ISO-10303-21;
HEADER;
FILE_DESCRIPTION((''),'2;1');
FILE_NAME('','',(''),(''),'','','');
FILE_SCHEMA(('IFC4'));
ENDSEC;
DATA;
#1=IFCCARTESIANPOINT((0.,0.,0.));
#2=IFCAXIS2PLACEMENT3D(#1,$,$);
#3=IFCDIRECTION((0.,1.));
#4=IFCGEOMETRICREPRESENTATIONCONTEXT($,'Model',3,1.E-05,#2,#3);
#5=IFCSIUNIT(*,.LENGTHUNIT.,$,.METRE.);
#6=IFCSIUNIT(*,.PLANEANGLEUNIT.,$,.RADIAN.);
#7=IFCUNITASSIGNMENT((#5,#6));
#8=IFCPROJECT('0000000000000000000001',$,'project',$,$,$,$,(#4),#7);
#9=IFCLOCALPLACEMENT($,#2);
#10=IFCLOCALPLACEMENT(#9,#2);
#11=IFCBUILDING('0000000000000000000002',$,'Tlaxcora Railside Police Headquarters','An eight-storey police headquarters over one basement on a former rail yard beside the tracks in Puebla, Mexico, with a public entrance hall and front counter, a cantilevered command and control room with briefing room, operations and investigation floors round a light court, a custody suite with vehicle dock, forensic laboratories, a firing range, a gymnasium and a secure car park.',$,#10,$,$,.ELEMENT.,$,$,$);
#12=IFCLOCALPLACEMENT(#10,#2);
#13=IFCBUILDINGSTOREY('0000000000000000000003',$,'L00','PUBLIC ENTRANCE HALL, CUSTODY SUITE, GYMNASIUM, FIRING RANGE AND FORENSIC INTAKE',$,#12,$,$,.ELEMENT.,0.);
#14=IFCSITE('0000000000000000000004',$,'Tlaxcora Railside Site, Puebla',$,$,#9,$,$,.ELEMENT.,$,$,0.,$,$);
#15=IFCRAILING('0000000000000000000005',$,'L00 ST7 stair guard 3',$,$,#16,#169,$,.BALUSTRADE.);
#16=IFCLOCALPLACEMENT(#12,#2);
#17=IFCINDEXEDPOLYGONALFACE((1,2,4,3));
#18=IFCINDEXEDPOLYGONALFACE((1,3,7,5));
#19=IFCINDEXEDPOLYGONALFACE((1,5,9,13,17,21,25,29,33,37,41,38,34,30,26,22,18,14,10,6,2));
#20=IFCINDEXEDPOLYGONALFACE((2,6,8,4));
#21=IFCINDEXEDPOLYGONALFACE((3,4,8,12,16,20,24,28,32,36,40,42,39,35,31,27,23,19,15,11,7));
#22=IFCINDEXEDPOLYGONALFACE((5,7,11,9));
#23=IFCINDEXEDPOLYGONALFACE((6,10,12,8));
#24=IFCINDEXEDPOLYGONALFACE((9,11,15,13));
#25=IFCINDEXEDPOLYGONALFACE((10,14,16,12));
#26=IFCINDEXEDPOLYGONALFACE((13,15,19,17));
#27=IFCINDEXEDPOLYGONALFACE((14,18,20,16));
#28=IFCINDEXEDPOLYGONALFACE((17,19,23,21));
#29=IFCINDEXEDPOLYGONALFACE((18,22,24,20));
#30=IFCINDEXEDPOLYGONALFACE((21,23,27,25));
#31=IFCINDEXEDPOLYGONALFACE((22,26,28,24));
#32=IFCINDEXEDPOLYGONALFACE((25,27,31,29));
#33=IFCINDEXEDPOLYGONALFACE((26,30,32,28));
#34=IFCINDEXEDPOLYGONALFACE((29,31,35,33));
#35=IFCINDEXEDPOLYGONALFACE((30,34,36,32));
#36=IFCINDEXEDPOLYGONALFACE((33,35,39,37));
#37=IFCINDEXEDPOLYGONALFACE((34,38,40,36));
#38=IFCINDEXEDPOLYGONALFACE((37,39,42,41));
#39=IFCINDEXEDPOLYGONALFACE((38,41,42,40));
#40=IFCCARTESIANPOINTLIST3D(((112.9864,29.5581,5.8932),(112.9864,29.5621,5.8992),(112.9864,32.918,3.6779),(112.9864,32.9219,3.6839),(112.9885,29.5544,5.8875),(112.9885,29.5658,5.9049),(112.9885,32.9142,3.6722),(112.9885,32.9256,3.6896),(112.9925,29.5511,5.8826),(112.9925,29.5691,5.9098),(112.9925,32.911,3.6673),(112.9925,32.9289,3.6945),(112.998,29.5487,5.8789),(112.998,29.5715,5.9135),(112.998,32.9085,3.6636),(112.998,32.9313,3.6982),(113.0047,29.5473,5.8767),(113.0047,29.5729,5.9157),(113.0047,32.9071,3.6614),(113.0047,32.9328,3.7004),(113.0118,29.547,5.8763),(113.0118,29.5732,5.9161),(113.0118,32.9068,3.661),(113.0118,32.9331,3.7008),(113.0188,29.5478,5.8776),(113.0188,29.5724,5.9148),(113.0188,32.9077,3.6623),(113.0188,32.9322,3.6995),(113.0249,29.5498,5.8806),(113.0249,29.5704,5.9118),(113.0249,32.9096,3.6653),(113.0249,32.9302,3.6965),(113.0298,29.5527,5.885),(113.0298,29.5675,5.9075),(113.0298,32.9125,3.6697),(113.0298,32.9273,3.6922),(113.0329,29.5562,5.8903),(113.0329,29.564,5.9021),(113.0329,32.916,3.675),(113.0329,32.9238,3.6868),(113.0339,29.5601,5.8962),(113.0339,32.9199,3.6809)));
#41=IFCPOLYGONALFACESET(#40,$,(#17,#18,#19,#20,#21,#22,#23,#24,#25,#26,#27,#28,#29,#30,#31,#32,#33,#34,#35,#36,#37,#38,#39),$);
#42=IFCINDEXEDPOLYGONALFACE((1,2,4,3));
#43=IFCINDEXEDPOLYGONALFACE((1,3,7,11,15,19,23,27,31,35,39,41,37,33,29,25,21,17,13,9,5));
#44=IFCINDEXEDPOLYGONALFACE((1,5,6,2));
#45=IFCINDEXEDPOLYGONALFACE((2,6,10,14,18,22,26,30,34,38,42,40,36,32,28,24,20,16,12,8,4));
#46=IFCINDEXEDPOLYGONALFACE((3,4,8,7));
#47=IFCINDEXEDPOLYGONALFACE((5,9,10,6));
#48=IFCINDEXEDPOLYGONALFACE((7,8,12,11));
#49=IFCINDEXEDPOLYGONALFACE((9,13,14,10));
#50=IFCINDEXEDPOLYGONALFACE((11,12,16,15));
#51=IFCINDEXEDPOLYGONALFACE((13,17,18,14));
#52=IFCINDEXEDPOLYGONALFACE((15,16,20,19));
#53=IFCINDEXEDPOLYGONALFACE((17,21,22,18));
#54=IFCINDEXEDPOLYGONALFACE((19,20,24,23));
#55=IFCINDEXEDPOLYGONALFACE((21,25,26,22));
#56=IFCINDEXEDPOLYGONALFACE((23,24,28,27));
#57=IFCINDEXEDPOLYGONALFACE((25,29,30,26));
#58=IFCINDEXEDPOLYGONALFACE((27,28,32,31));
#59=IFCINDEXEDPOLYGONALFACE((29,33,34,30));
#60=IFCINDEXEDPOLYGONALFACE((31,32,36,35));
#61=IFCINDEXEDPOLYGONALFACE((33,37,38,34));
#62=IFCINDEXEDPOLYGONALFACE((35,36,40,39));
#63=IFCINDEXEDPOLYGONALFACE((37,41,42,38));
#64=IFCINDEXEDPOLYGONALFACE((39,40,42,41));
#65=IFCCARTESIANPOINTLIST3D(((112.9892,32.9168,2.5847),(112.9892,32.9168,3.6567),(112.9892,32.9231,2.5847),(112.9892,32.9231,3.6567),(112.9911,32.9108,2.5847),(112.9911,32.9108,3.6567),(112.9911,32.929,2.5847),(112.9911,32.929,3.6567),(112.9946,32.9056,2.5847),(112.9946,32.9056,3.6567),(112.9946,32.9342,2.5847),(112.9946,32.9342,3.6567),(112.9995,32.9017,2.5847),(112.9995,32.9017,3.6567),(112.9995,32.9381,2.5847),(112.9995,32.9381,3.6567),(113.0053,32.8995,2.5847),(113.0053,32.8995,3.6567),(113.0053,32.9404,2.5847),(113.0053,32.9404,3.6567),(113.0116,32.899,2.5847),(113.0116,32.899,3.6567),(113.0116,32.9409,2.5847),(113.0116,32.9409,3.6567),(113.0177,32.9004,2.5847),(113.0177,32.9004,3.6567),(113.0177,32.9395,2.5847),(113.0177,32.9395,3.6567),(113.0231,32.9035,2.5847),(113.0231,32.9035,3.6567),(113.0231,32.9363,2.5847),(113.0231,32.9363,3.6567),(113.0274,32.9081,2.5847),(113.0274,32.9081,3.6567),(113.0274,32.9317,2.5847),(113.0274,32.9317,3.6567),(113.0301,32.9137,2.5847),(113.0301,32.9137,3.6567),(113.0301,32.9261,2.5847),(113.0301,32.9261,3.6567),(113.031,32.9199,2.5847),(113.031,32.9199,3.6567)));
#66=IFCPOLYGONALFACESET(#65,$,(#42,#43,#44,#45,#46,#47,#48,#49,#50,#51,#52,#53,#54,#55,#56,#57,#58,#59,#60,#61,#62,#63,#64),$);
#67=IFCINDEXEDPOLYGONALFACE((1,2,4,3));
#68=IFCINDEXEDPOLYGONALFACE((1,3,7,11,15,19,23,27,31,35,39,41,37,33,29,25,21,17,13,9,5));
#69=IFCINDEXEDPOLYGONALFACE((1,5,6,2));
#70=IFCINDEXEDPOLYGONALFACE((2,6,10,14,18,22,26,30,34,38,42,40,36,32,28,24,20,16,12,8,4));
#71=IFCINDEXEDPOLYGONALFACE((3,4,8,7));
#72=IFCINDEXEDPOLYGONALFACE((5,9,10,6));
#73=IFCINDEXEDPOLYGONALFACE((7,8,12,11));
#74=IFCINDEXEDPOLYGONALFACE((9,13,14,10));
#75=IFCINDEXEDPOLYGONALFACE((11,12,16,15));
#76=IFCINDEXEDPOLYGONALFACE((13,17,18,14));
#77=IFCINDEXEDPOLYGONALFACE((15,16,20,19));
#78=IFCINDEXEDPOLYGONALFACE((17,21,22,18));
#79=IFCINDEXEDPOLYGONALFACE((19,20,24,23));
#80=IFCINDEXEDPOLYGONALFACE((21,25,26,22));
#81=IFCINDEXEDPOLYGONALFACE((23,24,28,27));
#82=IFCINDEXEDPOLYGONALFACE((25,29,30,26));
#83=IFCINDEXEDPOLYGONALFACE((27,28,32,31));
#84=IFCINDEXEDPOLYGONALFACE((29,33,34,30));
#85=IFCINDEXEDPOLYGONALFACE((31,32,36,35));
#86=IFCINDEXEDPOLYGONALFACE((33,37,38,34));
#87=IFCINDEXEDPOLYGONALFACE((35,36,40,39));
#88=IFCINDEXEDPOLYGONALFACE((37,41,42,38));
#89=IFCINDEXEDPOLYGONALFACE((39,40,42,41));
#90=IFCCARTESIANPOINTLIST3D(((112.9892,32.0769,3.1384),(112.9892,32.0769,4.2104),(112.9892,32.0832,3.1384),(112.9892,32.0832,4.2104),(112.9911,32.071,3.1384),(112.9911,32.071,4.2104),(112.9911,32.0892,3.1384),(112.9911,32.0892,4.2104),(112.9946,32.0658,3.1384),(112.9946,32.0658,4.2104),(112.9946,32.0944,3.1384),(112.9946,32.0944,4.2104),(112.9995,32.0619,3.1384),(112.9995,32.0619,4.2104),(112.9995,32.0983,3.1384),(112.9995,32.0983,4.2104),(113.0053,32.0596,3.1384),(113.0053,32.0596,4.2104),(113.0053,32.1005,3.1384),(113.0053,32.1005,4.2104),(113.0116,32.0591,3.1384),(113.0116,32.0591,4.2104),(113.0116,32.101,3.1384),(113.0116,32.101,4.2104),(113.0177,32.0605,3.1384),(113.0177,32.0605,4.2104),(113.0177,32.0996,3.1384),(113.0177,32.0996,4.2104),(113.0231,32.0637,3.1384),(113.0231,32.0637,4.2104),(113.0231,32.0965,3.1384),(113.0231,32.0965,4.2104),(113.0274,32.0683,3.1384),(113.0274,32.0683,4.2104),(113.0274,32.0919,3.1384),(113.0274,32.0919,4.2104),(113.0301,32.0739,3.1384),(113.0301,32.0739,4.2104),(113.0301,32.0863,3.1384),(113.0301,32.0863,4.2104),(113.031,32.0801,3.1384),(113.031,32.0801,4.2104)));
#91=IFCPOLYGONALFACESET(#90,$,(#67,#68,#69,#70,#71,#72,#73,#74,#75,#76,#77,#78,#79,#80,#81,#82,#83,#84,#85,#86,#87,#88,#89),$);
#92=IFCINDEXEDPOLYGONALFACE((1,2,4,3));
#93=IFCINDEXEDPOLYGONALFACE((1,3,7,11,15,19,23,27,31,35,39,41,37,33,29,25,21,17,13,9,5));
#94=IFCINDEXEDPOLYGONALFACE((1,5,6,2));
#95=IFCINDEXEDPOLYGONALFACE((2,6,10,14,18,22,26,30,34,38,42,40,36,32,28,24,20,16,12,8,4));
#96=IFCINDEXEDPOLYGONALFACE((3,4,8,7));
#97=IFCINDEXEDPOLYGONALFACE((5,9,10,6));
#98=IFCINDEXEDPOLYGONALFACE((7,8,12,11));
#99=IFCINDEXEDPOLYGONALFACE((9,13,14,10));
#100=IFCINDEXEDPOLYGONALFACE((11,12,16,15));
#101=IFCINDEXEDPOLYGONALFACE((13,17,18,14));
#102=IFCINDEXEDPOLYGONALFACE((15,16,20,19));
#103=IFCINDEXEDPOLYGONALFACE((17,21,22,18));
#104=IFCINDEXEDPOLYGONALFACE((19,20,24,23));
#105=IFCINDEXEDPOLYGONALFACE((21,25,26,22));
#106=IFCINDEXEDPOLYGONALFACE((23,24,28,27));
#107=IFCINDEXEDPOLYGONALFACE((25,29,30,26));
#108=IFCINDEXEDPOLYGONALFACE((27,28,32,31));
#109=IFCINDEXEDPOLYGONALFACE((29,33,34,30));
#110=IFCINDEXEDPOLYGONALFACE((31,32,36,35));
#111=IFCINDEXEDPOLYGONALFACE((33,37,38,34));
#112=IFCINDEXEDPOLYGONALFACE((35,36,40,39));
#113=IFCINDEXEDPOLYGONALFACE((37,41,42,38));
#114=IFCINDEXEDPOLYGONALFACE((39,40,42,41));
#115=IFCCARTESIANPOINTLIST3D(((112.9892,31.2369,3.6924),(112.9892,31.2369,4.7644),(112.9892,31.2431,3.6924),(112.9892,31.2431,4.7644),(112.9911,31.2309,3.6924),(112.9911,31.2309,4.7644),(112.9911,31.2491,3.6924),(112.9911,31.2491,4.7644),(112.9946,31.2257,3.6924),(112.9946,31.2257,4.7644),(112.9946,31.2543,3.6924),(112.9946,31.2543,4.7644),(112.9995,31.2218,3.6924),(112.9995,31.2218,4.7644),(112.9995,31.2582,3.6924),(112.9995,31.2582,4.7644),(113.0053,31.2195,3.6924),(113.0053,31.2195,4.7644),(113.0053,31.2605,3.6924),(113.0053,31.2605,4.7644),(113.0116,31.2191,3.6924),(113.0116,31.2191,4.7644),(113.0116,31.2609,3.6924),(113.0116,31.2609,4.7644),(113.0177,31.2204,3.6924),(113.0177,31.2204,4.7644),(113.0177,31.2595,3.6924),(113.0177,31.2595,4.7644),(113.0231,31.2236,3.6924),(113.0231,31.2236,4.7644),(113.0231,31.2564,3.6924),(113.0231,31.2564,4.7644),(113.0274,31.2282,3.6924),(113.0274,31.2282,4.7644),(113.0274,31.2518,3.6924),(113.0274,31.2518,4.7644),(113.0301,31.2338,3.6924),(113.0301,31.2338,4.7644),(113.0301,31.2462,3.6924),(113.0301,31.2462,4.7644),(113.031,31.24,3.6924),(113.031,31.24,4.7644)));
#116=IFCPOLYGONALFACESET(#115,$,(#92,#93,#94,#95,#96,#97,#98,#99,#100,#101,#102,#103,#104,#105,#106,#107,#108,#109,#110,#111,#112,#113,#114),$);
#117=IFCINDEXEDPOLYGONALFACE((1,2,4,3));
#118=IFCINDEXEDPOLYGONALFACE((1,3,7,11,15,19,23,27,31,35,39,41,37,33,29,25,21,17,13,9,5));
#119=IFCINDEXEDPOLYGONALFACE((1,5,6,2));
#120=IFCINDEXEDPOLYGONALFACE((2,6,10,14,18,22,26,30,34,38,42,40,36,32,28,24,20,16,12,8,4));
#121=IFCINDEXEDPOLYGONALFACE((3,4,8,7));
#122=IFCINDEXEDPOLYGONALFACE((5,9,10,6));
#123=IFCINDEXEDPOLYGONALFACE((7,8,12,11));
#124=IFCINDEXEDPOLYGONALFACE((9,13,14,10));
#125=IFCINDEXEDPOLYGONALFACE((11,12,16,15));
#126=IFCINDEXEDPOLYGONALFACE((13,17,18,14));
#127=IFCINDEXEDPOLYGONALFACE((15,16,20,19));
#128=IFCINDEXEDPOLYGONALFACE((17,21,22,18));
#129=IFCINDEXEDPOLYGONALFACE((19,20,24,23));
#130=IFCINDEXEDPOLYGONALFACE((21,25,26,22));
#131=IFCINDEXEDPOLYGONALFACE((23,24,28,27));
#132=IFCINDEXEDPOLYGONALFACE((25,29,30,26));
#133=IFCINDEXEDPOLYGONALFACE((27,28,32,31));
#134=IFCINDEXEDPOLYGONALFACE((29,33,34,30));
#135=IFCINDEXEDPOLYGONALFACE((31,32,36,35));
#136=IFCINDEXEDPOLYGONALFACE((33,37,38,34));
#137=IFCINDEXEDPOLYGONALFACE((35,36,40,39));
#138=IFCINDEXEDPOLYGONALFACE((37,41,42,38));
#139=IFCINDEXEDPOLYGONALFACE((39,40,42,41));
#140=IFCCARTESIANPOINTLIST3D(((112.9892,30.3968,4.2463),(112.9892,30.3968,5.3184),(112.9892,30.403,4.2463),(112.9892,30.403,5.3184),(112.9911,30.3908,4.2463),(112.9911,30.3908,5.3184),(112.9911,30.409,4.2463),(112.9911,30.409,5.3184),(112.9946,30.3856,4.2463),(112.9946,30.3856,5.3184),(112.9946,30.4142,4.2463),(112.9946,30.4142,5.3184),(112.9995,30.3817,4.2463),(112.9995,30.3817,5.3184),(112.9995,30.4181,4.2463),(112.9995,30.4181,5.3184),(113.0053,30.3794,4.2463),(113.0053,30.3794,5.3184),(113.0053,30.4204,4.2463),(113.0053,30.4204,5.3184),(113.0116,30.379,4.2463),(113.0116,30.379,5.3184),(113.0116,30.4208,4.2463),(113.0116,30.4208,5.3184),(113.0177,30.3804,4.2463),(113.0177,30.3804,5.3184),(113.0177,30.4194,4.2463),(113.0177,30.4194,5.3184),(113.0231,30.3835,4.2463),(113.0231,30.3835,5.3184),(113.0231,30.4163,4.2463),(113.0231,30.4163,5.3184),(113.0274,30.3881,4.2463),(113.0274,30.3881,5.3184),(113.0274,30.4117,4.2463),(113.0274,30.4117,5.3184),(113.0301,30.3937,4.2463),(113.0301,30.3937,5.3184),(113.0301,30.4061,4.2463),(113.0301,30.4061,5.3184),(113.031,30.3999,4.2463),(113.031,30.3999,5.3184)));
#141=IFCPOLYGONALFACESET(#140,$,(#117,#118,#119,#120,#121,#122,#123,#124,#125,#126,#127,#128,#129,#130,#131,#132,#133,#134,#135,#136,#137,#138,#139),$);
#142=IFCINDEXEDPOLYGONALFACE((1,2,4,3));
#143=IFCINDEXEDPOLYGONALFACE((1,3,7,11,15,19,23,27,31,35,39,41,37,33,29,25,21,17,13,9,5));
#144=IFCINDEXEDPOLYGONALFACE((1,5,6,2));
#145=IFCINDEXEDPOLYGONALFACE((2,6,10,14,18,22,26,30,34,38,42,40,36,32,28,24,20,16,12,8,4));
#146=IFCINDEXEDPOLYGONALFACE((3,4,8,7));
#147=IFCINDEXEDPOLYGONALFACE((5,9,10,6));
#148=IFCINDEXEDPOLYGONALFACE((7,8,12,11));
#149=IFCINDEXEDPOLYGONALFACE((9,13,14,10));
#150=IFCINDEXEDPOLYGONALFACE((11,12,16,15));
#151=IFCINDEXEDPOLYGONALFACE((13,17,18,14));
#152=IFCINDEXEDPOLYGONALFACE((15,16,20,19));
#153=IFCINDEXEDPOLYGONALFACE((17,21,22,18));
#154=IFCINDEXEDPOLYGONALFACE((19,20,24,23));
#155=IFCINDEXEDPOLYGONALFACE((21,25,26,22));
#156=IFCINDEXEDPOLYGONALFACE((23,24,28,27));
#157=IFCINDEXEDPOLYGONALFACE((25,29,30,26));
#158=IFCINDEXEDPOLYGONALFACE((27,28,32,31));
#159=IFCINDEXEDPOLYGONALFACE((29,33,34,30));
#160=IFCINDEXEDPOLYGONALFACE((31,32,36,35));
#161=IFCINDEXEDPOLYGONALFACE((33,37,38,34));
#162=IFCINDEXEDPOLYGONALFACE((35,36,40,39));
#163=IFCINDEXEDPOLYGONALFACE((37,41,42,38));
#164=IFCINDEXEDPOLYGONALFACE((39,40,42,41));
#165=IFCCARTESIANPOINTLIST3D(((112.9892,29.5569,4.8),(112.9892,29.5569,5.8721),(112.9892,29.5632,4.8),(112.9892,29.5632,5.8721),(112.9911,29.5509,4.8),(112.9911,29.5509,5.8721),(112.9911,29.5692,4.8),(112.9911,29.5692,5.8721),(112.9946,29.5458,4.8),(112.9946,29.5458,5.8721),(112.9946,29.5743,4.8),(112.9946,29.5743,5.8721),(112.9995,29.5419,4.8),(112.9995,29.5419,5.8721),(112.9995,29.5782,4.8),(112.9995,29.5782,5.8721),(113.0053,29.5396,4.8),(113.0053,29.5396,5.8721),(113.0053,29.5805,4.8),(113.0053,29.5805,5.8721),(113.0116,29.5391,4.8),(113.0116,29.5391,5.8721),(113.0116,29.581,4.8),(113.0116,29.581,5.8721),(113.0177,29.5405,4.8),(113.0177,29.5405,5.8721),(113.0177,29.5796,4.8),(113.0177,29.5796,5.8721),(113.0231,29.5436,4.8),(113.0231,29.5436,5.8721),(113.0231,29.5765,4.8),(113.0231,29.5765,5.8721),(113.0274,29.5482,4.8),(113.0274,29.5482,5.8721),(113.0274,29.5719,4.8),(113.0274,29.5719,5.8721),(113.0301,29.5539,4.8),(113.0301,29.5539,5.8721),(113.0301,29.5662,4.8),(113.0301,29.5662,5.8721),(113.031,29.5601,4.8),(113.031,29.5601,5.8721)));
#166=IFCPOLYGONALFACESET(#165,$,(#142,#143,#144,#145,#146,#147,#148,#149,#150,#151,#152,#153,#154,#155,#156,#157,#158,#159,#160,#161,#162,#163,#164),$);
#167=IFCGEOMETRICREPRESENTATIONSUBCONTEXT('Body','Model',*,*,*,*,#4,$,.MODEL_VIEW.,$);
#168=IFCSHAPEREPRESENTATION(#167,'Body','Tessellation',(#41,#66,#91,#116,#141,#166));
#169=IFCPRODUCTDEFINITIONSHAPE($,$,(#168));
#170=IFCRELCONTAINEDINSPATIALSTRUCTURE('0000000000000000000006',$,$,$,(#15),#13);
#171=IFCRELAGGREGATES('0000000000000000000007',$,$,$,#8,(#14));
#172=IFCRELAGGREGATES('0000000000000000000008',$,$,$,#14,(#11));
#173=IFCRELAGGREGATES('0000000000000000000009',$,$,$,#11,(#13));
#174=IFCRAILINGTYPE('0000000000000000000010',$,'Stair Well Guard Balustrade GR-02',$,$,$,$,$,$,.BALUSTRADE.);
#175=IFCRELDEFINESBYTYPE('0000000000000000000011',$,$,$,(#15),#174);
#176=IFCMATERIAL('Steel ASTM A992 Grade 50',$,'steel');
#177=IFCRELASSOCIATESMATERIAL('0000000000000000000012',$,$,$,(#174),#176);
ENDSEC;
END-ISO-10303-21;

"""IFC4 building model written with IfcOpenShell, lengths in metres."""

from ifc_helpers import new_model, si_unit, direction, frame, origin, origin_2d, place, context, subcontext, project, spatial, circle, extrude, material, type_object, element, save


model = new_model("IFC4")

# Units and contexts
model_context = context("Model", 3, precision=1e-05, world=origin(), true_north=direction((0.0, 1.0)))
body_context = subcontext(model_context, "Body", "Model", "MODEL_VIEW")
ifc_project = project(units=[si_unit("LENGTHUNIT", "METRE"), si_unit("PLANEANGLEUNIT", "RADIAN")], contexts=[model_context])

# Site, building, storey
site_placement = place(None, origin())
site = spatial("IfcSite", under=ifc_project, at=site_placement, Name="Tlaxcora Railside Site, Puebla", CompositionType="ELEMENT", RefElevation=0.0)
building_placement = place(site_placement, origin())
building = spatial("IfcBuilding", under=site, at=building_placement, Name="Tlaxcora Railside Police Headquarters", Description="An eight-storey police headquarters over one basement on a former rail yard beside the tracks in Puebla, Mexico, with a public entrance hall and front counter, a cantilevered command and control room with briefing room, operations and investigation floors round a light court, a custody suite with vehicle dock, forensic laboratories, a firing range, a gymnasium and a secure car park.", CompositionType="ELEMENT")
storey_placement = place(building_placement, origin())
storey = spatial("IfcBuildingStorey", under=building, at=storey_placement, Name="L00", Description="PUBLIC ENTRANCE HALL, CUSTODY SUITE, GYMNASIUM, FIRING RANGE AND FORENSIC INTAKE", CompositionType="ELEMENT", Elevation=0.0)

# Shared definitions
ifc_material_1 = material(Name="Steel ASTM A992 Grade 50", Category="steel")

# Railing
railing_type_1 = type_object("IfcRailingType", Name="Stair Well Guard Balustrade GR-02", PredefinedType="BALUSTRADE", material=ifc_material_1)
railing_1_placement = place(storey_placement, frame((113.01, 32.9199, 2.5847)))
element("IfcRailing", 1, at=railing_1_placement, inside=storey, type_object=railing_type_1, Name="L00 ST7 stair guard 3", PredefinedType="BALUSTRADE", context=body_context, shape_type="SweptSolid", body=[
    extrude(circle(Radius=0.0239, at=origin_2d()), frame((0.0, 0.0, 1.0962), z_axis=(0.0, -0.834858, 0.550465), x_axis=(1.0, 0.0, 0.0)), (0.0, 0.0, 1.0), 4.0244),
    extrude(circle(Radius=0.021, at=origin_2d()), origin(), (0.0, 0.0, 1.0), 1.072),
    extrude(circle(Radius=0.021, at=origin_2d()), frame((0.0, -0.8398, 0.5537)), (0.0, 0.0, 1.0), 1.072),
    extrude(circle(Radius=0.021, at=origin_2d()), frame((0.0, -1.6799, 1.1077)), (0.0, 0.0, 1.0), 1.072),
    extrude(circle(Radius=0.021, at=origin_2d()), frame((0.0, -2.52, 1.6616)), (0.0, 0.0, 1.0), 1.072),
    extrude(circle(Radius=0.021, at=origin_2d()), frame((0.0, -3.3599, 2.2153)), (0.0, 0.0, 1.0), 1.072),
])

save(model, "model.ifc")
